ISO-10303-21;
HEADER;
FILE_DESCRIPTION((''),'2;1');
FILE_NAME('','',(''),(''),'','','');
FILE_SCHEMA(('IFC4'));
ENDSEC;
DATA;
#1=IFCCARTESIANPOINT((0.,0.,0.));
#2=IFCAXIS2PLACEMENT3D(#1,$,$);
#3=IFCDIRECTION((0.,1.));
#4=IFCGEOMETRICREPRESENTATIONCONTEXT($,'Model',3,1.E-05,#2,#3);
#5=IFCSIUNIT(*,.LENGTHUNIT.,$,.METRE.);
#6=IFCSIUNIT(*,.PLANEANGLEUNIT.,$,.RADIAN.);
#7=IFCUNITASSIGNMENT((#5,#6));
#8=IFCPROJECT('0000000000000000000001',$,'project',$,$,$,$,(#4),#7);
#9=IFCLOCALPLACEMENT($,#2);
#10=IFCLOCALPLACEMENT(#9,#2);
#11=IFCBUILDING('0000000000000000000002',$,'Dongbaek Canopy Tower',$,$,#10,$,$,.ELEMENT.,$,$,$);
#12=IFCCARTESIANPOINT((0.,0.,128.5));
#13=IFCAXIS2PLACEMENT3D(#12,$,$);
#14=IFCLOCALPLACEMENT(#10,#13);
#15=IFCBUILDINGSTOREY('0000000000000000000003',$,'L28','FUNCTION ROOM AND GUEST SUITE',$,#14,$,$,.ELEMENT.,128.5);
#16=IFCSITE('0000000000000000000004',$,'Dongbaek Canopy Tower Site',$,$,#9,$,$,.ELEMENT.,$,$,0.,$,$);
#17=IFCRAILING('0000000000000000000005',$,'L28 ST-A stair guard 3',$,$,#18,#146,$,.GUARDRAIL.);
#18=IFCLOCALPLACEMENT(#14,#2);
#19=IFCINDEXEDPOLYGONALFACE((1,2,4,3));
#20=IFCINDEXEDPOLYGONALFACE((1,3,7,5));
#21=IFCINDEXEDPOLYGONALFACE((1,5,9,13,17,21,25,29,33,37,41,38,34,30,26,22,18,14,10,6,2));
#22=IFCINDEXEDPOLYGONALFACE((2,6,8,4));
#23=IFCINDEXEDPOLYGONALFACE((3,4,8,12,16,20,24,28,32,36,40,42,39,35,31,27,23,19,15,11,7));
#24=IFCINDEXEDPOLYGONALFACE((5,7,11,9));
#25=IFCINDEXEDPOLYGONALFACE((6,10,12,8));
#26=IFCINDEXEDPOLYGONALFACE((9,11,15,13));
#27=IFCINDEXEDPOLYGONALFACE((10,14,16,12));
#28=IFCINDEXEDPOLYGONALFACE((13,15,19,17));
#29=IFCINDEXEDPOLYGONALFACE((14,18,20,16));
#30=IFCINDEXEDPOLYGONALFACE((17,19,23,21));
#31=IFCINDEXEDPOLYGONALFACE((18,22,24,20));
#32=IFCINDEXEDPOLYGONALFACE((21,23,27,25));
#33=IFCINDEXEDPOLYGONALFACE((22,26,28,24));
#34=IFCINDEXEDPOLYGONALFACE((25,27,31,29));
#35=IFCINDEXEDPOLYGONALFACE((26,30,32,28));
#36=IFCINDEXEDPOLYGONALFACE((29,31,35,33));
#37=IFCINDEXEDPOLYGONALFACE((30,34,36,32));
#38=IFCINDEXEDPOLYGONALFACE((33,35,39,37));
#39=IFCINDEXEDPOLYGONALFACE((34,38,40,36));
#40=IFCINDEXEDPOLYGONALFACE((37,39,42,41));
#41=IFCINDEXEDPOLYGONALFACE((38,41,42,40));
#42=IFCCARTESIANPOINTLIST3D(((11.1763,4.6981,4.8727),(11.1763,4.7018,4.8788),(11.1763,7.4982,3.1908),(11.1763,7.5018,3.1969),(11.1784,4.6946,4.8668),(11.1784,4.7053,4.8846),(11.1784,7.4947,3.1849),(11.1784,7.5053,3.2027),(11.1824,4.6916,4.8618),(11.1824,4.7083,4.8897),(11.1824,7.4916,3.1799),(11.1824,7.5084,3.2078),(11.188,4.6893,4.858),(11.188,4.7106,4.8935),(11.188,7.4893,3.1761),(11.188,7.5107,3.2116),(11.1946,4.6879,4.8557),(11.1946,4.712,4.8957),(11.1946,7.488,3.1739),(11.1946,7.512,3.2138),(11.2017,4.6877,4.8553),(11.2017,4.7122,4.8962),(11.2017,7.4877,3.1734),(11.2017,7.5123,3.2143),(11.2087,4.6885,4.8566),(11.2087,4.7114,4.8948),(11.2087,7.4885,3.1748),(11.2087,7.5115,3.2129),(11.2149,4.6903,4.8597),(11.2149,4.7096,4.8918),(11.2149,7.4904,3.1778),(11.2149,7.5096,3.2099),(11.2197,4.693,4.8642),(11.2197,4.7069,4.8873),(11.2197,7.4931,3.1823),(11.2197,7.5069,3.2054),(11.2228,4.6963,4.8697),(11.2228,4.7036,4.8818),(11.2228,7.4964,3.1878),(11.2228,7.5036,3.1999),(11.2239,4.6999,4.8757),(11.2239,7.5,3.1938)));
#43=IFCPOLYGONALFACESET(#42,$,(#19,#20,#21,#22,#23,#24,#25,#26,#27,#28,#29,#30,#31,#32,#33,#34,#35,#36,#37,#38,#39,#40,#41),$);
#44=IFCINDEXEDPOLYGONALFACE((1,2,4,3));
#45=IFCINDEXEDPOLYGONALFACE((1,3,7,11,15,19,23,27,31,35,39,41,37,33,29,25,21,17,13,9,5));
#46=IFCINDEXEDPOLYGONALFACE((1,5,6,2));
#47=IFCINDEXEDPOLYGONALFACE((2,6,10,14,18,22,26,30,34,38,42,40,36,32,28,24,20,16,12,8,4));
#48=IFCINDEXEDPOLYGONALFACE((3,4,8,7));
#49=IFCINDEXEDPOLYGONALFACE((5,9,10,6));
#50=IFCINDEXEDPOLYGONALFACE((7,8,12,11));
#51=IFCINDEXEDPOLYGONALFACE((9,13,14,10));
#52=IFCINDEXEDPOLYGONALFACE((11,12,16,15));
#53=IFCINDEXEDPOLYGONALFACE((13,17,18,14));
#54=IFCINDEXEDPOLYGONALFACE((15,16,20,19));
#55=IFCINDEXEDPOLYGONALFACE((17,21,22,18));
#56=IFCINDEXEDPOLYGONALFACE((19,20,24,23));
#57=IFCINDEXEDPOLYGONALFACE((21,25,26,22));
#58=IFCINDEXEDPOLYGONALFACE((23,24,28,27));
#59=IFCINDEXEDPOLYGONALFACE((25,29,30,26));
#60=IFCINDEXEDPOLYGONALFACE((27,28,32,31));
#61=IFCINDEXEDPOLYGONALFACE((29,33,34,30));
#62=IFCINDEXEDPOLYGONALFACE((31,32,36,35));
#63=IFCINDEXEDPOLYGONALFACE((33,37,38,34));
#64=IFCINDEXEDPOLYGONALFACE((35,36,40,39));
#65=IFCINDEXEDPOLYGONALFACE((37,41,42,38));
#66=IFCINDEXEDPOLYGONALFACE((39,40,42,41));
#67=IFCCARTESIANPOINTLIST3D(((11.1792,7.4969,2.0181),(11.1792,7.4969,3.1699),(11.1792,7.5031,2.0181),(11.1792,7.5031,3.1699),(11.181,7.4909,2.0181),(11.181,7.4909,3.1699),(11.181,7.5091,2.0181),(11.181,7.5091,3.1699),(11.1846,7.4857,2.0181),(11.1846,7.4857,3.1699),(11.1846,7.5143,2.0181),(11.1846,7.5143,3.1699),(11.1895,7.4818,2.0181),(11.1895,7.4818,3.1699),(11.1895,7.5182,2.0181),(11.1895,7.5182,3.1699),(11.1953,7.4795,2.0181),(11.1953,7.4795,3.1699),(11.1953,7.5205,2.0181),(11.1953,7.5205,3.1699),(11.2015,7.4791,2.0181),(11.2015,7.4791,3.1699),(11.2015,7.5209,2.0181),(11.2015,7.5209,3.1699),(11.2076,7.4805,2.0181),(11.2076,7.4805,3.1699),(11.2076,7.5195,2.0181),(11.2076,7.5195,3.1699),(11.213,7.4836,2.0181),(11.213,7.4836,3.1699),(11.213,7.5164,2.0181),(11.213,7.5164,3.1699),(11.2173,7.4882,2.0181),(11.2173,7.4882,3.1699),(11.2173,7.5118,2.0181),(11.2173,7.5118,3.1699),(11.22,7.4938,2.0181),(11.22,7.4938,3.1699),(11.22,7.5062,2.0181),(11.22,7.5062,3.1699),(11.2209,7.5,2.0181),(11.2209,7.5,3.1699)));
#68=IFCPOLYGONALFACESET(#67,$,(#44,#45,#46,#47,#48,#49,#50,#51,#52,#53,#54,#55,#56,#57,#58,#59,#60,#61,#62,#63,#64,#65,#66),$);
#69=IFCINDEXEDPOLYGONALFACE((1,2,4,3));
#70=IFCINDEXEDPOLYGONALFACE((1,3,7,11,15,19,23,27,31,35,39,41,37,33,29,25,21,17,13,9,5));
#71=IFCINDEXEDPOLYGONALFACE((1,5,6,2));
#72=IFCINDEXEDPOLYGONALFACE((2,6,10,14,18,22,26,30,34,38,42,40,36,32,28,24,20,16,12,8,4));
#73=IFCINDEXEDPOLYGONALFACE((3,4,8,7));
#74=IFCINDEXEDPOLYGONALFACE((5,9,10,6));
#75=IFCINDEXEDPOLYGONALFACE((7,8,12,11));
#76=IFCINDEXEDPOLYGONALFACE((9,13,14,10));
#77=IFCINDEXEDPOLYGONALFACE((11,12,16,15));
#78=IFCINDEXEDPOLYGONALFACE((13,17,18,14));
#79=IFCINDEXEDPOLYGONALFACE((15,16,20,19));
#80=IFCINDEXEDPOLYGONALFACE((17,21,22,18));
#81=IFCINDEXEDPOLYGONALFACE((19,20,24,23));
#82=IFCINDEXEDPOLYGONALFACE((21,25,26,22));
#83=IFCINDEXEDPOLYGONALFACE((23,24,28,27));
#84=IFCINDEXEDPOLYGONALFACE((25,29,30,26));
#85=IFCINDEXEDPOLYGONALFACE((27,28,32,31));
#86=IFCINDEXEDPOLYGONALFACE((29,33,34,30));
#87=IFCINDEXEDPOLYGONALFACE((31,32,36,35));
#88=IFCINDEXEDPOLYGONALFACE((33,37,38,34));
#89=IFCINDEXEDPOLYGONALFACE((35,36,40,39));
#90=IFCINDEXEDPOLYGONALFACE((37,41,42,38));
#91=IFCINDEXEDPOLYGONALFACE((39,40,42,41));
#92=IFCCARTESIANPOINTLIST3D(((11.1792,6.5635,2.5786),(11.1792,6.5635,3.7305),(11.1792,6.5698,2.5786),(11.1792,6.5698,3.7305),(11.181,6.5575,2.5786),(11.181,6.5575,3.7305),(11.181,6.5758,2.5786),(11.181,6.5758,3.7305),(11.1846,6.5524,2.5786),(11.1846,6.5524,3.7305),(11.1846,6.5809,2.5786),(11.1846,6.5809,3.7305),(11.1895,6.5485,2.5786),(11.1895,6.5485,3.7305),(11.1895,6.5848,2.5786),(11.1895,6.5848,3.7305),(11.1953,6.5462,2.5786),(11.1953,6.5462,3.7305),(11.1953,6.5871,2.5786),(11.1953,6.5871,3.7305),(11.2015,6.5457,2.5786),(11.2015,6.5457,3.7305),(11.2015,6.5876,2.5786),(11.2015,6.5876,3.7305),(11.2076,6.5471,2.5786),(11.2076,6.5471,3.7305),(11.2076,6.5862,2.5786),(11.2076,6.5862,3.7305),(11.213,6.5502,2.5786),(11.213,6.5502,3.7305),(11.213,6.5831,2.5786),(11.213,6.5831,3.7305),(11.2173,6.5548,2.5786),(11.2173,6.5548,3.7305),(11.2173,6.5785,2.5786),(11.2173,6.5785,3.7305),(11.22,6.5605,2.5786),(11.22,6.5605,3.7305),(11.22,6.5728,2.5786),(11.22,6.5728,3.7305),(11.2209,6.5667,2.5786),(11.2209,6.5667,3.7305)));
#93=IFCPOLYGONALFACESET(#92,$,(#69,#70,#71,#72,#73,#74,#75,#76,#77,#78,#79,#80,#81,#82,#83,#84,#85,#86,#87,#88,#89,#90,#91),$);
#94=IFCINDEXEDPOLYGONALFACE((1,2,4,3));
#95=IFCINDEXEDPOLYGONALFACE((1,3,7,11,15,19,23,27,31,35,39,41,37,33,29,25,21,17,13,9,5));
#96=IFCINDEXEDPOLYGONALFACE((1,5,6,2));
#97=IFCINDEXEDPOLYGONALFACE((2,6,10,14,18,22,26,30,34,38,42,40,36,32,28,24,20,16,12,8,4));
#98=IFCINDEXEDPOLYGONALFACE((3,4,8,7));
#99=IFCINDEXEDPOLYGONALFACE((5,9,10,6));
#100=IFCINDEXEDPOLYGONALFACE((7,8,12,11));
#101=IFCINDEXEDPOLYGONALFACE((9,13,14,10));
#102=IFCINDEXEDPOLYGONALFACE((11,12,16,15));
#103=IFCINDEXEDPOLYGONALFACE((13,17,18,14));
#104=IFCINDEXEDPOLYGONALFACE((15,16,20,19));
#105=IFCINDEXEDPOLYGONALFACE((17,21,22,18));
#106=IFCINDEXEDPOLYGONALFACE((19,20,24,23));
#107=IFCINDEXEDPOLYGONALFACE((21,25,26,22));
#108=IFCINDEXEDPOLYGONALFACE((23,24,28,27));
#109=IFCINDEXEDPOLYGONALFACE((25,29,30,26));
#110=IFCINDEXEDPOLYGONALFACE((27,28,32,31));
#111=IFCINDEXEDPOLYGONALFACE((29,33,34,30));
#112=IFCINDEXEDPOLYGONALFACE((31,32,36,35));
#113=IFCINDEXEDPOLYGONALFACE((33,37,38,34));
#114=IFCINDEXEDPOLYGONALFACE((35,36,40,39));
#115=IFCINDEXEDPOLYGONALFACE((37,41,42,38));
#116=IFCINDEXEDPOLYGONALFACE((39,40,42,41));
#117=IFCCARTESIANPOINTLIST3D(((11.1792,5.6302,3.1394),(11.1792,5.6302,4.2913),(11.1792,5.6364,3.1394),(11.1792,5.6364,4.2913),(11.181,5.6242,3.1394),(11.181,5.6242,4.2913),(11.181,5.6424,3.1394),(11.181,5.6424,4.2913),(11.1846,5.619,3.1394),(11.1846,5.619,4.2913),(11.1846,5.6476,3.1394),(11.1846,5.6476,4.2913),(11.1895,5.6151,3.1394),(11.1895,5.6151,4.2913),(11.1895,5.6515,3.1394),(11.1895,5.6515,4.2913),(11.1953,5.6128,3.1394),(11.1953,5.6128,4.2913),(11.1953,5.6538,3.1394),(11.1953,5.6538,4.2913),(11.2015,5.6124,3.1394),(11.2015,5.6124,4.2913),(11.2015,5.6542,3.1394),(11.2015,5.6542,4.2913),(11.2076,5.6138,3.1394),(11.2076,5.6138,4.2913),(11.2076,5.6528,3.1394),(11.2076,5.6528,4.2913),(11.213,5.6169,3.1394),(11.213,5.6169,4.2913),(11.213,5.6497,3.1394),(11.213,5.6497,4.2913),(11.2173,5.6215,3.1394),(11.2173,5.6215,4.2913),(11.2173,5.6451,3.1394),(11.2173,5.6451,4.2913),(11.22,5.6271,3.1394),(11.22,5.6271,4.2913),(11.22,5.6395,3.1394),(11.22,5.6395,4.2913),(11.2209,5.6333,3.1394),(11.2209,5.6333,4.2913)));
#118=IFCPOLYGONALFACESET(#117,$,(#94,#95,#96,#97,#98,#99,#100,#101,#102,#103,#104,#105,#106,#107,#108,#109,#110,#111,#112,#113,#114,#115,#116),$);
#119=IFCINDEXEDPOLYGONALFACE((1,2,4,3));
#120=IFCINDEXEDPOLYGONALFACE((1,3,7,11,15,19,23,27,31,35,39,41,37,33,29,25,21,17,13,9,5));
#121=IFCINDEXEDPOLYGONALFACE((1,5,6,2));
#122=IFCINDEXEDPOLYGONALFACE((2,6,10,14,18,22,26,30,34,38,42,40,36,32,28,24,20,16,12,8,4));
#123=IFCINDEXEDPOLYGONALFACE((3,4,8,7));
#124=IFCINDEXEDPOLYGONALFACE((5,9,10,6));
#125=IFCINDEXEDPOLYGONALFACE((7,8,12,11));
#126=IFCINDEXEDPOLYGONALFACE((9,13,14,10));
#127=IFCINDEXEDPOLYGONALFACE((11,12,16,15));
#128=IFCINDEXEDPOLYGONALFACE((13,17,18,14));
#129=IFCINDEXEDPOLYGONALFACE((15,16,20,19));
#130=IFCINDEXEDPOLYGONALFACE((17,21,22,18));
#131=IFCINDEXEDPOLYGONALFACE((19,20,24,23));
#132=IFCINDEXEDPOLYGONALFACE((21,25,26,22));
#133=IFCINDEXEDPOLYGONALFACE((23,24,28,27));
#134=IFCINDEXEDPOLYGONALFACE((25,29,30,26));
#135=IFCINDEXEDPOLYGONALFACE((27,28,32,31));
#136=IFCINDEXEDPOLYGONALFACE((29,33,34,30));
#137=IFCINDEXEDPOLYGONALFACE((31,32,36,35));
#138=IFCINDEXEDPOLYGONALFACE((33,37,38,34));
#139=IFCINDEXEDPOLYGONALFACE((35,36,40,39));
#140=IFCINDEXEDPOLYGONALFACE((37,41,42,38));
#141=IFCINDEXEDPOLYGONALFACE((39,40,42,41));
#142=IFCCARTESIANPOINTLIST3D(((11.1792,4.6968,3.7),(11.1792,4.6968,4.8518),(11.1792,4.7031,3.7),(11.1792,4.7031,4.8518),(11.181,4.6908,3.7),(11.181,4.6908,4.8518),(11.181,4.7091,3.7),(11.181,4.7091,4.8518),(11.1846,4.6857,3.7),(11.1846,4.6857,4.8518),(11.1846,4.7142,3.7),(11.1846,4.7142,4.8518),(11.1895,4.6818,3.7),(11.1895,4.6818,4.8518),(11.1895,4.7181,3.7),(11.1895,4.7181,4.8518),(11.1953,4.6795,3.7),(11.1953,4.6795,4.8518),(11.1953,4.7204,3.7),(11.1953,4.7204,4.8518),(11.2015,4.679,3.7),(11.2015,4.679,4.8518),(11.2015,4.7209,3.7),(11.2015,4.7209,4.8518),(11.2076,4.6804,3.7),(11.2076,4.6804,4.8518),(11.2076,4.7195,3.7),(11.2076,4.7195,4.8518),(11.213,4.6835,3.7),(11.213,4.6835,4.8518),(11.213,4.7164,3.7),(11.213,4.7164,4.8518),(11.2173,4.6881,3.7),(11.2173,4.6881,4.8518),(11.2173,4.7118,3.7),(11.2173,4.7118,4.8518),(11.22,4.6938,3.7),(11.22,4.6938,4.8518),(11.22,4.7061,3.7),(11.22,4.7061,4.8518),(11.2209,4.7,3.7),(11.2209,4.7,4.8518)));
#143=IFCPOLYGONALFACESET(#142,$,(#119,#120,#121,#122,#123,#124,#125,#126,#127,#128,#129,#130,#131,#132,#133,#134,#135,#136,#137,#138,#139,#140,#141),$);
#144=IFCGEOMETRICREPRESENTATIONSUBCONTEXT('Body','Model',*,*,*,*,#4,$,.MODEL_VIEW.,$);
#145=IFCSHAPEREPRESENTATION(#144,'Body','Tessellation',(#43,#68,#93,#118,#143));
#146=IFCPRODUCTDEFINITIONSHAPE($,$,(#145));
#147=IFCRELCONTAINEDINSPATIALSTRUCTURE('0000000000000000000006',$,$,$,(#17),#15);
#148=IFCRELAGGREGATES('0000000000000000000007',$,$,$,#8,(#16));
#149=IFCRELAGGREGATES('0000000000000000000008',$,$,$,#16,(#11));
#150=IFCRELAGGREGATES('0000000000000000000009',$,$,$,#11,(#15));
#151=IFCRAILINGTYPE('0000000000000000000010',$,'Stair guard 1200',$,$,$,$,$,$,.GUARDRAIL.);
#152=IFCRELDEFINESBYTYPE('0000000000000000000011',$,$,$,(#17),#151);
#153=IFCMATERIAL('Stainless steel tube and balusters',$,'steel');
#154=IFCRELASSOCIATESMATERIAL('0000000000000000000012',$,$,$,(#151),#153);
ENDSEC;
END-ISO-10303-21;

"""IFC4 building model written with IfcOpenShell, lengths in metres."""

from ifc_helpers import new_model, si_unit, direction, frame, origin, origin_2d, place, context, subcontext, project, spatial, circle, extrude, material, type_object, element, save


model = new_model("IFC4")

# Units and contexts
model_context = context("Model", 3, precision=1e-05, world=origin(), true_north=direction((0.0, 1.0)))
body_context = subcontext(model_context, "Body", "Model", "MODEL_VIEW")
ifc_project = project(units=[si_unit("LENGTHUNIT", "METRE"), si_unit("PLANEANGLEUNIT", "RADIAN")], contexts=[model_context])

# Site, building, storey
site_placement = place(None, origin())
site = spatial("IfcSite", under=ifc_project, at=site_placement, Name="Dongbaek Canopy Tower Site", CompositionType="ELEMENT", RefElevation=0.0)
building_placement = place(site_placement, origin())
building = spatial("IfcBuilding", under=site, at=building_placement, Name="Dongbaek Canopy Tower", CompositionType="ELEMENT")
storey_placement = place(building_placement, frame((0.0, 0.0, 128.5)))
storey = spatial("IfcBuildingStorey", under=building, at=storey_placement, Name="L28", Description="FUNCTION ROOM AND GUEST SUITE", CompositionType="ELEMENT", Elevation=128.5)

# Railing
ifc_material_1 = material(Name="Stainless steel tube and balusters", Category="steel")
railing_type_1 = type_object("IfcRailingType", Name="Stair guard 1200", PredefinedType="GUARDRAIL", material=ifc_material_1)
railing_1_placement = place(storey_placement, frame((11.2, 7.5, 2.0181)))
element("IfcRailing", 1, at=railing_1_placement, inside=storey, type_object=railing_type_1, Name="L28 ST-A stair guard 3", PredefinedType="GUARDRAIL", context=body_context, shape_type="SweptSolid", body=[
    extrude(circle(Radius=0.0239, at=origin_2d()), frame((0.0, 0.0, 1.1758), z_axis=(0.0, -0.857242, 0.514913), x_axis=(1.0, 0.0, 0.0)), (0.0, 0.0, 1.0), 3.2664),
    extrude(circle(Radius=0.021, at=origin_2d()), origin(), (0.0, 0.0, 1.0), 1.1519),
    extrude(circle(Radius=0.021, at=origin_2d()), frame((0.0, -0.9333, 0.5605)), (0.0, 0.0, 1.0), 1.1519),
    extrude(circle(Radius=0.021, at=origin_2d()), frame((0.0, -1.8667, 1.1213)), (0.0, 0.0, 1.0), 1.1519),
    extrude(circle(Radius=0.021, at=origin_2d()), frame((0.0, -2.8, 1.6819)), (0.0, 0.0, 1.0), 1.1519),
])

save(model, "model.ifc")
